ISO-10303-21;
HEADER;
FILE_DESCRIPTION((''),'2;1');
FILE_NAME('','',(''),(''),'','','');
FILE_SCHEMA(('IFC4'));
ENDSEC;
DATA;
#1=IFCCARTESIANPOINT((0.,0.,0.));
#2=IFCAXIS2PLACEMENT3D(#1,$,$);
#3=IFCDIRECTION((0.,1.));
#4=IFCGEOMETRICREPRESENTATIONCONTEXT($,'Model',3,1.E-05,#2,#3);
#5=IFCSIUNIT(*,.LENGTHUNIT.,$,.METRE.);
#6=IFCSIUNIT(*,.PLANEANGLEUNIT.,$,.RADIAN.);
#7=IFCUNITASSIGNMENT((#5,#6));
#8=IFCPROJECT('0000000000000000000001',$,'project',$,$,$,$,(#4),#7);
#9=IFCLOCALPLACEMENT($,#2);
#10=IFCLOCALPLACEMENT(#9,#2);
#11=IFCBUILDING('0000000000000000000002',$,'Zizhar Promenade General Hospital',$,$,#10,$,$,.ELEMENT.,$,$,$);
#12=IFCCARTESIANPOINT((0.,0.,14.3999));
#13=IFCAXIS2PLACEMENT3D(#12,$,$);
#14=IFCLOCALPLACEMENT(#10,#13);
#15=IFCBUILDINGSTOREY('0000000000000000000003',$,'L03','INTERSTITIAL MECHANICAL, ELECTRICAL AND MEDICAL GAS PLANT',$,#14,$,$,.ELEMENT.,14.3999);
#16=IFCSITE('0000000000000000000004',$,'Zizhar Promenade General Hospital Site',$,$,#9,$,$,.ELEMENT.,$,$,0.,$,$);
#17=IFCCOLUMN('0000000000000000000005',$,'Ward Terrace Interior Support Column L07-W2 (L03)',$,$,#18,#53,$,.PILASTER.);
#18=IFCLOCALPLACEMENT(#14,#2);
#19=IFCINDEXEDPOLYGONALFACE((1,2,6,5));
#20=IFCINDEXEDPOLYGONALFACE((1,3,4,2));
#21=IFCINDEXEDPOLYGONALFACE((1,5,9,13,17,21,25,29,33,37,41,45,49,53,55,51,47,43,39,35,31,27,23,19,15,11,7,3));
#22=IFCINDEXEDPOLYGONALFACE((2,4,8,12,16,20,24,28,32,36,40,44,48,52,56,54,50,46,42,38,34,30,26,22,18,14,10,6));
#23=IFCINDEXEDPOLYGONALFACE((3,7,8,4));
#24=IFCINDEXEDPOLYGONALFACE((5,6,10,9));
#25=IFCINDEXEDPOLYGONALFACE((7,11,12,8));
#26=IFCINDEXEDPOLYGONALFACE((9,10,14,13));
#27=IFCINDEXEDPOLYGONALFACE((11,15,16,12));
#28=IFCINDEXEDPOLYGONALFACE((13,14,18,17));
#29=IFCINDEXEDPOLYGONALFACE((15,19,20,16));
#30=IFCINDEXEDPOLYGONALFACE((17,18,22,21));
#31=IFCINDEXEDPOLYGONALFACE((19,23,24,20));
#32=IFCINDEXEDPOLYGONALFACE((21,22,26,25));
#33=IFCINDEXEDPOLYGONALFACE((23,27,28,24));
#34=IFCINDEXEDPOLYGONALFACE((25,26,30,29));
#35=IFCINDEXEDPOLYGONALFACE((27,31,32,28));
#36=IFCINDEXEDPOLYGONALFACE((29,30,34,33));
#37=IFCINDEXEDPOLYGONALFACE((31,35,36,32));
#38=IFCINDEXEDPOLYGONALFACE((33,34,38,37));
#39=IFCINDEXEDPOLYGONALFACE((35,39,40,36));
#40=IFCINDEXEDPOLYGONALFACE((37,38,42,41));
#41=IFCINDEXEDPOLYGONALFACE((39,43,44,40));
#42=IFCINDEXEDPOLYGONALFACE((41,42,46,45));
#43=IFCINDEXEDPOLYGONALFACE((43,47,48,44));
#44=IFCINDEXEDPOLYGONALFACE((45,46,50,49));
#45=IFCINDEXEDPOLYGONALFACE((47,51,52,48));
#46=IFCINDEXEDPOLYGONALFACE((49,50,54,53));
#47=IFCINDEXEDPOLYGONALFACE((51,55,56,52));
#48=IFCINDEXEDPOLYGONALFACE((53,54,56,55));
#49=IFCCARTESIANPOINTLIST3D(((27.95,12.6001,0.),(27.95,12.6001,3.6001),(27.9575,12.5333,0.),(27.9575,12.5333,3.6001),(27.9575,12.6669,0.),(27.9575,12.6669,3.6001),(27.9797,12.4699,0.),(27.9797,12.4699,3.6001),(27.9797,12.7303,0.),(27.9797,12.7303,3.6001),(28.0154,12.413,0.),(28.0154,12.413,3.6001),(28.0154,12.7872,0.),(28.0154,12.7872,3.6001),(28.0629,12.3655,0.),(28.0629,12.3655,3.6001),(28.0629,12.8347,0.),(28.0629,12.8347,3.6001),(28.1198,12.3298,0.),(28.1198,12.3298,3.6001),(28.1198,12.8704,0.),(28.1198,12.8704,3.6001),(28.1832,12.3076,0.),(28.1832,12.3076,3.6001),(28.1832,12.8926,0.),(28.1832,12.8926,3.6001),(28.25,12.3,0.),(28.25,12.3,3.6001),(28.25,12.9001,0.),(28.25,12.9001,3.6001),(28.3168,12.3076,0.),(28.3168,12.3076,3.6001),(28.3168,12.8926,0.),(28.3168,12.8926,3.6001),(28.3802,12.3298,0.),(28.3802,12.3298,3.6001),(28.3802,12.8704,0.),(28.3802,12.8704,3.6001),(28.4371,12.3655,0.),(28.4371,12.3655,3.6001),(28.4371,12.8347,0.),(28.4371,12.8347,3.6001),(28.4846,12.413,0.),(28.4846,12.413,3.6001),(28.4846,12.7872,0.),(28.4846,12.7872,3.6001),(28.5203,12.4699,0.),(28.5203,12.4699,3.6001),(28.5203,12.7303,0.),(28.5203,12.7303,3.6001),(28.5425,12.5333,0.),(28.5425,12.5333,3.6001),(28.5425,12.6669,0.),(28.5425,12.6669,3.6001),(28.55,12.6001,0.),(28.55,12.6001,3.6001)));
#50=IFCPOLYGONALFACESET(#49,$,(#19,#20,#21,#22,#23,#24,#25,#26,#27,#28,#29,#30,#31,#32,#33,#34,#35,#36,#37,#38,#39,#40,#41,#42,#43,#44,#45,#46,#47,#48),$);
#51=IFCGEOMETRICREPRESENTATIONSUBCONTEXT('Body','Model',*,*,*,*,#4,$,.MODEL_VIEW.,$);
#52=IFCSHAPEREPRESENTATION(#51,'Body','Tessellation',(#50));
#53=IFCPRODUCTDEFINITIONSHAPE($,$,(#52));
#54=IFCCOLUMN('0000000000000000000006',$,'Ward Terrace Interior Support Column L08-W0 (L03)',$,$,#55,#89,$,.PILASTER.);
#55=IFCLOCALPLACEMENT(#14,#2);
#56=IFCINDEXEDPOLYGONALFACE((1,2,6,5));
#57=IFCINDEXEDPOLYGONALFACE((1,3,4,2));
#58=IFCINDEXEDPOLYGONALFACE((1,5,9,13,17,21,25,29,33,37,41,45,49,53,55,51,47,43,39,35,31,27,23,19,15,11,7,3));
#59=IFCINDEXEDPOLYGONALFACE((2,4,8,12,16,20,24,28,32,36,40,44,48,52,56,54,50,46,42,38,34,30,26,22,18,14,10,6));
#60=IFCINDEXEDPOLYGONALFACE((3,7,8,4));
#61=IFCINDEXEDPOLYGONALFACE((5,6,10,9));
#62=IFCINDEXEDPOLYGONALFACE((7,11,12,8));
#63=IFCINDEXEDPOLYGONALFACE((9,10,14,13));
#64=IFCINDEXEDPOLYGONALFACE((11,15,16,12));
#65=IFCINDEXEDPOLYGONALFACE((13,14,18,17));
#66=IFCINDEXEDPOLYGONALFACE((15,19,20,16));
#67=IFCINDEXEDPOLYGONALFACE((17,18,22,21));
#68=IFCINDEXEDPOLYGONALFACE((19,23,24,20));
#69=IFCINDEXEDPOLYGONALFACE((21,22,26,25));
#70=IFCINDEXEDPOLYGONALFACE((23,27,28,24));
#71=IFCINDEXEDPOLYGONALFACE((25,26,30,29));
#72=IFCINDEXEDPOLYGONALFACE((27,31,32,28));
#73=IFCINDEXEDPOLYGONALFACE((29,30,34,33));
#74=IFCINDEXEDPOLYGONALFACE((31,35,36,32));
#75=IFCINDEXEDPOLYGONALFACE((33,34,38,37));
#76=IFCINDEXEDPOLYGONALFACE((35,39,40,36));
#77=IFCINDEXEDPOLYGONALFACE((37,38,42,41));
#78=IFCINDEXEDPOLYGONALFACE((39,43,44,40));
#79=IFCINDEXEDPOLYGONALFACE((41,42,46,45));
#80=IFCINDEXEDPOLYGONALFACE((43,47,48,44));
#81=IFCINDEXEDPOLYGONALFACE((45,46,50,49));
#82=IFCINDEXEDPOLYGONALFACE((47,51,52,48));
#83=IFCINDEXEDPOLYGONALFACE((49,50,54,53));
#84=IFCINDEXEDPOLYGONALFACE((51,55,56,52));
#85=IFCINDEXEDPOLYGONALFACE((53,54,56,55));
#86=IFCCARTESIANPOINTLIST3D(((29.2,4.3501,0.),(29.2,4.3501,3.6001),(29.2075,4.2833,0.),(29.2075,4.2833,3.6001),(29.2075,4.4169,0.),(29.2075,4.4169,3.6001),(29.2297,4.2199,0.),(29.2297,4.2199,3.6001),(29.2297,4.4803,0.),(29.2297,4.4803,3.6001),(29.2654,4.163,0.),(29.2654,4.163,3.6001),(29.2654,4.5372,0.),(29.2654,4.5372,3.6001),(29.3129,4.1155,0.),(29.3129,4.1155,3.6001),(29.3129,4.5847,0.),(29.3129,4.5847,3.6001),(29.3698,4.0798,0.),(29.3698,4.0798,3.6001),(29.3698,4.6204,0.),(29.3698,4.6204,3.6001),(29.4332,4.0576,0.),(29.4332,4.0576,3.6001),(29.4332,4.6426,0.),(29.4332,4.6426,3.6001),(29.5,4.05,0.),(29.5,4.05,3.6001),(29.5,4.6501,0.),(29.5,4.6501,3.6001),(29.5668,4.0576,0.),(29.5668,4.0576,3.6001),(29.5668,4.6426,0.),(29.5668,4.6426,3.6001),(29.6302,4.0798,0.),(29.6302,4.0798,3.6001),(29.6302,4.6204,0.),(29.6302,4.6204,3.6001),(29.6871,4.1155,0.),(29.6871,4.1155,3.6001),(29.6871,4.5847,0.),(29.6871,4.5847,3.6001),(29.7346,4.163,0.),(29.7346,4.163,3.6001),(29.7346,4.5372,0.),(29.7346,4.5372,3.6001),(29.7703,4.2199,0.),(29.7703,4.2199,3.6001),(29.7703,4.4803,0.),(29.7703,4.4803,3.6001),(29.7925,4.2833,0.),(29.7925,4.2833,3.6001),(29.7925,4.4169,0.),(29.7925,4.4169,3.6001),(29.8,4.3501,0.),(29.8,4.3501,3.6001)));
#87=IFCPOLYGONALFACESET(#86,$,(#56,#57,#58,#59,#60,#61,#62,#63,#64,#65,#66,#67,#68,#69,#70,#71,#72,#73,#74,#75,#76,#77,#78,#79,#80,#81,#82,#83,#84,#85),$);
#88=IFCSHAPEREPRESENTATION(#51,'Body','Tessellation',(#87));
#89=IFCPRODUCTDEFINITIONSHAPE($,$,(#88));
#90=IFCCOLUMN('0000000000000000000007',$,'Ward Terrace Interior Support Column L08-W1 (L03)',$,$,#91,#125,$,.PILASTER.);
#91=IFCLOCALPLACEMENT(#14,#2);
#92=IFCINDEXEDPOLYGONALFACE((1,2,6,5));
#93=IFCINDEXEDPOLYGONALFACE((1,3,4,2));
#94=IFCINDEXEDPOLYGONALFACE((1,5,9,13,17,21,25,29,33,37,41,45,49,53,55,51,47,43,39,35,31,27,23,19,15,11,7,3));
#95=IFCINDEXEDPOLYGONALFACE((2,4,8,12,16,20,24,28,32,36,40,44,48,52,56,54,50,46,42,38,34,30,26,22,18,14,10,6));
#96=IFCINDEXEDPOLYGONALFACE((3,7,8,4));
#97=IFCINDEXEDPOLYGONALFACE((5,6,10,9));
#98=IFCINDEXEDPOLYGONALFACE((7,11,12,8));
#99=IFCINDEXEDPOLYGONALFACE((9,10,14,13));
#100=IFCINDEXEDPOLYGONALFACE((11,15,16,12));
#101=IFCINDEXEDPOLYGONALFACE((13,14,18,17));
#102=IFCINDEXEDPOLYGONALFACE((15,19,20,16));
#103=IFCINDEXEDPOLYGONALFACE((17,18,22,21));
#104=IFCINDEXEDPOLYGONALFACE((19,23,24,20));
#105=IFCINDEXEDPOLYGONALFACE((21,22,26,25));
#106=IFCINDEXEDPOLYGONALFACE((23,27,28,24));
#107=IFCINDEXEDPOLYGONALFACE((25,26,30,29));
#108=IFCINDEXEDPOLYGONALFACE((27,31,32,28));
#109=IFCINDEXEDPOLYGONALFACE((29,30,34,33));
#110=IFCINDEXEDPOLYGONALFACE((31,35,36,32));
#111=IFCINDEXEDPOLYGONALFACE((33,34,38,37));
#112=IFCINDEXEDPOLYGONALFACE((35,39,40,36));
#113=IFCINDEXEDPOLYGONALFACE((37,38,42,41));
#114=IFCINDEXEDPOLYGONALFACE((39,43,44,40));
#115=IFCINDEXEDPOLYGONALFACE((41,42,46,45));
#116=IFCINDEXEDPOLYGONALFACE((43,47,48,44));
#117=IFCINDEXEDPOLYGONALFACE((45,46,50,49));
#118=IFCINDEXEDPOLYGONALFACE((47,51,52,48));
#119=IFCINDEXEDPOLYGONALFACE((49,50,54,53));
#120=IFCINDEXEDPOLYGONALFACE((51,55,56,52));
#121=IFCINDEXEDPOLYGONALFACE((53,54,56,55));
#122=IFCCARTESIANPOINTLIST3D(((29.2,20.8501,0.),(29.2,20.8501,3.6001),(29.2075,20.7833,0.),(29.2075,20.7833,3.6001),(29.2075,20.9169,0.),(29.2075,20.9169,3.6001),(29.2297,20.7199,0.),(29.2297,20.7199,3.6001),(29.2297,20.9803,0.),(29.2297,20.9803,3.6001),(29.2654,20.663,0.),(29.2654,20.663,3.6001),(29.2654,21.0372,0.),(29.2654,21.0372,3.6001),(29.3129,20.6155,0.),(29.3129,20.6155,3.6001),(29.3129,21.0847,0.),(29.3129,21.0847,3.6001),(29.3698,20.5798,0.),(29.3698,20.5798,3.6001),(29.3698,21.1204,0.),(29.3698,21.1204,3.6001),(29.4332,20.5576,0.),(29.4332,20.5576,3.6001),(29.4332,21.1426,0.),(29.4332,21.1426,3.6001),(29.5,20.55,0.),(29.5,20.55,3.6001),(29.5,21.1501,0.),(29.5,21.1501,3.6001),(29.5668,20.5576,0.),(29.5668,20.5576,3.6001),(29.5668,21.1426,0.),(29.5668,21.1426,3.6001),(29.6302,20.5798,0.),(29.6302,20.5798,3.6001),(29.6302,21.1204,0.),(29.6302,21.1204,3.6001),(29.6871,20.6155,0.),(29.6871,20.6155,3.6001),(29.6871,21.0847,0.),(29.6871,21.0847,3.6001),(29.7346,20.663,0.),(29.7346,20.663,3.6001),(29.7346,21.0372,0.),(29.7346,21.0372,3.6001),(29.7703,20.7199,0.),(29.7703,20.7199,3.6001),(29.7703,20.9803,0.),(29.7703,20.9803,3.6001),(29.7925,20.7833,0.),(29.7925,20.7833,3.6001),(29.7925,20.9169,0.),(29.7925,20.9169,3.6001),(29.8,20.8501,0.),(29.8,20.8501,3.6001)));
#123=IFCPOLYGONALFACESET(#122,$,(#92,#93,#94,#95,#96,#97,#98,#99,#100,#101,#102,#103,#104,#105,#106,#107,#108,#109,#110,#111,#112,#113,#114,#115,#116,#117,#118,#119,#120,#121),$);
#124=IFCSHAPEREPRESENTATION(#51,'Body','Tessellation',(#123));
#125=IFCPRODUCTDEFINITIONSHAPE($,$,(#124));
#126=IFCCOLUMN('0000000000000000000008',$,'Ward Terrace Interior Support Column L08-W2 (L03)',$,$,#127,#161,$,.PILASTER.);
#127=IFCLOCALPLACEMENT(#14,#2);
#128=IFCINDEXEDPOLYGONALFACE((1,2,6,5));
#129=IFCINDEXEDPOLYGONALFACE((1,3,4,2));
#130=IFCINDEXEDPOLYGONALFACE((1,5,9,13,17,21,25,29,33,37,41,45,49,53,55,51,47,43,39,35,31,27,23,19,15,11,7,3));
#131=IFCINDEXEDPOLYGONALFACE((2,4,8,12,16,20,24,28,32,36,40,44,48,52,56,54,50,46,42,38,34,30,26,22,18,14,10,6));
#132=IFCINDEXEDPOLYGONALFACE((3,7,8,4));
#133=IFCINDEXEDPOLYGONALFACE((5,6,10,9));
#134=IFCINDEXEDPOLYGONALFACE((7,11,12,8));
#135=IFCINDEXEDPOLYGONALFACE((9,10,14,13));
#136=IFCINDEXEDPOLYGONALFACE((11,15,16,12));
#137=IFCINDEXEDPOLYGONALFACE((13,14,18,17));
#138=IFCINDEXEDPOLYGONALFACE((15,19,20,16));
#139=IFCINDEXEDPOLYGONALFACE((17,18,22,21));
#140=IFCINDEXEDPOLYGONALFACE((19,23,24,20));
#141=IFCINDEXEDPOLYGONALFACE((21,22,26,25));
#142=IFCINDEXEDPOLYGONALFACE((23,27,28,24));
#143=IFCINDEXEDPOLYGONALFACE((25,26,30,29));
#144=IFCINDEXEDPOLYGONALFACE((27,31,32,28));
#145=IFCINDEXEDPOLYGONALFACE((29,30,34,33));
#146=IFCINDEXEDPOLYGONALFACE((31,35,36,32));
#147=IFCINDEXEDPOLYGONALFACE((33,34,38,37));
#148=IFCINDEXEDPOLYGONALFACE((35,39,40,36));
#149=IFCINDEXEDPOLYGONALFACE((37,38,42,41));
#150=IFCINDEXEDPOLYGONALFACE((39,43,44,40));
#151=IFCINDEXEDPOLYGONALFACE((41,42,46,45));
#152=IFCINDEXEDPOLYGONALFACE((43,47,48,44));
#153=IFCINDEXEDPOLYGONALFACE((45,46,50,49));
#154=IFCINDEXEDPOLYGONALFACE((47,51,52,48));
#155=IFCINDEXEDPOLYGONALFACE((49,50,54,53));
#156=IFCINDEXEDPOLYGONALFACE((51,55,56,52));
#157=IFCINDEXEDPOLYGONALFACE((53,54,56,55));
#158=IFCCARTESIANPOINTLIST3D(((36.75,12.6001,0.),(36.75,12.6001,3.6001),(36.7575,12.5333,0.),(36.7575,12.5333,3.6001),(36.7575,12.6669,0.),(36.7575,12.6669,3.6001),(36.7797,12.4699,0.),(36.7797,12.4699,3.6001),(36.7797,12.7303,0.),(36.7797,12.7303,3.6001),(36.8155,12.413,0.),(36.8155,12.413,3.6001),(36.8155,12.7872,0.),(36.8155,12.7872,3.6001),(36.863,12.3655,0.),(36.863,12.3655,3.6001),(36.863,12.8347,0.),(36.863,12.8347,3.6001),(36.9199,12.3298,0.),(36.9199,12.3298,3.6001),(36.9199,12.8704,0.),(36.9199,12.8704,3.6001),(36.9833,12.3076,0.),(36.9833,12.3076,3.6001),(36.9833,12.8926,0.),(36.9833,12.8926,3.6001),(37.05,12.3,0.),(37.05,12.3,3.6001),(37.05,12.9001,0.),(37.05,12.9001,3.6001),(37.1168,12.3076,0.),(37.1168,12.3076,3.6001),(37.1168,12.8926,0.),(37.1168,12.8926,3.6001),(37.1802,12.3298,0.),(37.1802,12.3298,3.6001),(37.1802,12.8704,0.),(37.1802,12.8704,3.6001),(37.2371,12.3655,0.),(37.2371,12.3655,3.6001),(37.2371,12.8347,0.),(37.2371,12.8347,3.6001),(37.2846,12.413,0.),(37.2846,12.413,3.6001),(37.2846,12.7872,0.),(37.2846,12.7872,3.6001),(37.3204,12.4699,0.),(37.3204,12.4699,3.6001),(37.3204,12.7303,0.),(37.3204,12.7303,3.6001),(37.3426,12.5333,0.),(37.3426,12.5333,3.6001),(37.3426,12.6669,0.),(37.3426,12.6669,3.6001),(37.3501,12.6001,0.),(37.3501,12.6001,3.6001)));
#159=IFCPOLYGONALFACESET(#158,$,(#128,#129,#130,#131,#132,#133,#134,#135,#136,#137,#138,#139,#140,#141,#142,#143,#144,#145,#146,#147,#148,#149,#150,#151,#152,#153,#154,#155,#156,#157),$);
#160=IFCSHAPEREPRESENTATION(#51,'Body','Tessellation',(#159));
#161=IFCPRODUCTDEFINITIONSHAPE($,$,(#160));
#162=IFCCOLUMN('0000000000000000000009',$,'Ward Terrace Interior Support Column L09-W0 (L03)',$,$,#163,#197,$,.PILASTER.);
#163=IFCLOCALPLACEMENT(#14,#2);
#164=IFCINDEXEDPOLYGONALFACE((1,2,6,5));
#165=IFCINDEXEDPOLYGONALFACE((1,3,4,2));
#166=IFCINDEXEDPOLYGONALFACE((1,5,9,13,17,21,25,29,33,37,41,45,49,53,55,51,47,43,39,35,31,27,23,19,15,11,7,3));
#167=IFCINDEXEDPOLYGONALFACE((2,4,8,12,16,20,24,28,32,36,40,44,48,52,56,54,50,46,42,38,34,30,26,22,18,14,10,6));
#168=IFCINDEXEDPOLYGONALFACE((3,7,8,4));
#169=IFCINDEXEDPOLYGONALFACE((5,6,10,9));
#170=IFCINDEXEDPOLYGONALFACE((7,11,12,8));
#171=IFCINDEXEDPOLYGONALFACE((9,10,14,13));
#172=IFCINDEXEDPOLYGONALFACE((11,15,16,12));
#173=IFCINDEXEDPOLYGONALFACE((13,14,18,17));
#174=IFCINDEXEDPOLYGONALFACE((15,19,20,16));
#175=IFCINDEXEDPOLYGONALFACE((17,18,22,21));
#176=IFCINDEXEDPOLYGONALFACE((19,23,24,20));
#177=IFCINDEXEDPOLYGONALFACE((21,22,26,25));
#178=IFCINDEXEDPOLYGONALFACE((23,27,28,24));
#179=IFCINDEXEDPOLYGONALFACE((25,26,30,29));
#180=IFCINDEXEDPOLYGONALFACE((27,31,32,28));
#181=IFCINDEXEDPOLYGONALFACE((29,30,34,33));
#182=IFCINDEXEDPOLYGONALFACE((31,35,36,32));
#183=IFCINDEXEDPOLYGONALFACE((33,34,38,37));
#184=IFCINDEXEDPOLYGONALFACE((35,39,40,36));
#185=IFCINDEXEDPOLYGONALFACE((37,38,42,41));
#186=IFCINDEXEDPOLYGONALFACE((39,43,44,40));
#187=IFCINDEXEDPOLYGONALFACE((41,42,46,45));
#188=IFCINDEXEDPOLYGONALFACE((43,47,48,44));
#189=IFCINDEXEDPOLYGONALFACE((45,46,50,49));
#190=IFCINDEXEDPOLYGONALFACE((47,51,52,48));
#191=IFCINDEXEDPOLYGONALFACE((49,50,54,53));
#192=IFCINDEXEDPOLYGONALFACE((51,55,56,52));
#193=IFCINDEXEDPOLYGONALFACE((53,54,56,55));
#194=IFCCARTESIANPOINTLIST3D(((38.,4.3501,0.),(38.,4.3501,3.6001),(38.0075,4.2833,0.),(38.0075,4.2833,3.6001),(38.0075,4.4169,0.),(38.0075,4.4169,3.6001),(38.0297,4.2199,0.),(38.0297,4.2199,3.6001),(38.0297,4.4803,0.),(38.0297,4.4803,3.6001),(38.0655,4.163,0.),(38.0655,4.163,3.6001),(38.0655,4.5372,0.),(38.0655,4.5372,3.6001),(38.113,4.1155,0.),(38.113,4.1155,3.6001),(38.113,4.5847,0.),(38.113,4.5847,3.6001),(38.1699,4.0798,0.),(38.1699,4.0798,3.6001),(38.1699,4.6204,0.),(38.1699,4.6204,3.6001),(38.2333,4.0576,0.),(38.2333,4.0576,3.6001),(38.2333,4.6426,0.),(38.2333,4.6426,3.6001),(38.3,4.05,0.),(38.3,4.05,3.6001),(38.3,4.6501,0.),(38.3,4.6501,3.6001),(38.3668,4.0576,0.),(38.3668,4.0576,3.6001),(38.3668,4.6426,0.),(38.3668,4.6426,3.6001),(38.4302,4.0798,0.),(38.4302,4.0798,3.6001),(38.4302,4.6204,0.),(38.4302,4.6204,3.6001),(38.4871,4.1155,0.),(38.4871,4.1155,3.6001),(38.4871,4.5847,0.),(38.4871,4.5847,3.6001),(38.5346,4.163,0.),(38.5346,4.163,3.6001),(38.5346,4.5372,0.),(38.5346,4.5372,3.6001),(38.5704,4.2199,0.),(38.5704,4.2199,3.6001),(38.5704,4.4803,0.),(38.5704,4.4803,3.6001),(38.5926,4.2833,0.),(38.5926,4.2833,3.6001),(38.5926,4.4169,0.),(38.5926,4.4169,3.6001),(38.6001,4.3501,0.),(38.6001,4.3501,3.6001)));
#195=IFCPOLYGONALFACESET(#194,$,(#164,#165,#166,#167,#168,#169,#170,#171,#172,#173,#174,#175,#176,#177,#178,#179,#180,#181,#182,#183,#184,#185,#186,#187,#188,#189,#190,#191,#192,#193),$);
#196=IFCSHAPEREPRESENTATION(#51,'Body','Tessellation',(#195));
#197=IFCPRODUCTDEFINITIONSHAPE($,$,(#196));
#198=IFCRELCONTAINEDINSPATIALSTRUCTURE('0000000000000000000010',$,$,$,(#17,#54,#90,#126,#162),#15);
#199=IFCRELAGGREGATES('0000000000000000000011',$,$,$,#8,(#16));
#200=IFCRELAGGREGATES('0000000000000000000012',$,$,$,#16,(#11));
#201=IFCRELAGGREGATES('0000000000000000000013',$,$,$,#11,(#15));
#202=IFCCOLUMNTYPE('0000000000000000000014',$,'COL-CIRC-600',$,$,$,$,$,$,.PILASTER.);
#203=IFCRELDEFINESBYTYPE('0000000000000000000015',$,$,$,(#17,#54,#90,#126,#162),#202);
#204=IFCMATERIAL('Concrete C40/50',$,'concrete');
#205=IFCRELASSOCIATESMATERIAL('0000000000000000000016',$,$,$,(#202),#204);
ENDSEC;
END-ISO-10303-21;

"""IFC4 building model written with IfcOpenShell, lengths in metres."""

from ifc_helpers import new_model, si_unit, direction, frame, origin, origin_2d, place, context, subcontext, project, spatial, circle, extrude, material, material_profile, profile_set, type_object, element, save


model = new_model("IFC4")

# Units and contexts
model_context = context("Model", 3, precision=1e-05, world=origin(), true_north=direction((0.0, 1.0)))
body_context = subcontext(model_context, "Body", "Model", "MODEL_VIEW")
ifc_project = project(units=[si_unit("LENGTHUNIT", "METRE"), si_unit("PLANEANGLEUNIT", "RADIAN")], contexts=[model_context])

# Site, building, storey
site_placement = place(None, origin())
site = spatial("IfcSite", under=ifc_project, at=site_placement, Name="Zizhar Promenade General Hospital Site", CompositionType="ELEMENT", RefElevation=0.0)
building_placement = place(site_placement, origin())
building = spatial("IfcBuilding", under=site, at=building_placement, Name="Zizhar Promenade General Hospital", CompositionType="ELEMENT")
storey_placement = place(building_placement, frame((0.0, 0.0, 14.3999)))
storey = spatial("IfcBuildingStorey", under=building, at=storey_placement, Name="L03", Description="INTERSTITIAL MECHANICAL, ELECTRICAL AND MEDICAL GAS PLANT", CompositionType="ELEMENT", Elevation=14.3999)

# Columns
ifc_material_1 = material(Name="Concrete C40/50", Category="concrete")
ifc_material_profile_1 = material_profile(ifc_material_1, circle(Radius=0.3, at=origin_2d()))
ifc_profile_set_1 = profile_set([ifc_material_profile_1], Name="Concrete C40/50")
column_type_1 = type_object("IfcColumnType", Name="COL-CIRC-600", PredefinedType="PILASTER", material=ifc_profile_set_1)
for number, where, z_axis, x_axis, name in (
    (1, (28.25, 12.6001, 0.0), (0.0, 0.0, 1.0), (1.0, 0.0, 0.0), "Ward Terrace Interior Support Column L07-W2 (L03)"),
    (2, (29.5, 4.3501, 0.0), (0.0, 0.0, 1.0), (1.0, 0.0, 0.0), "Ward Terrace Interior Support Column L08-W0 (L03)"),
    (3, (29.5, 20.8501, 0.0), (0.0, 0.0, 1.0), (1.0, 0.0, 0.0), "Ward Terrace Interior Support Column L08-W1 (L03)"),
    (4, (37.05, 12.6001, 0.0), (0.0, 0.0, 1.0), (1.0, 0.0, 0.0), "Ward Terrace Interior Support Column L08-W2 (L03)"),
    (5, (38.3, 4.3501, 0.0), (0.0, 0.0, 1.0), (1.0, 0.0, 0.0), "Ward Terrace Interior Support Column L09-W0 (L03)"),
):
    element("IfcColumn", number, at=place(storey_placement, frame(where, z_axis=z_axis, x_axis=x_axis)), inside=storey, type_object=column_type_1, Name=name, PredefinedType="PILASTER", context=body_context, shape_type="SweptSolid", body=[
        extrude(circle(Radius=0.3, at=origin_2d()), origin(), (0.0, 0.0, 1.0), 3.6001),
    ])

save(model, "model.ifc")
